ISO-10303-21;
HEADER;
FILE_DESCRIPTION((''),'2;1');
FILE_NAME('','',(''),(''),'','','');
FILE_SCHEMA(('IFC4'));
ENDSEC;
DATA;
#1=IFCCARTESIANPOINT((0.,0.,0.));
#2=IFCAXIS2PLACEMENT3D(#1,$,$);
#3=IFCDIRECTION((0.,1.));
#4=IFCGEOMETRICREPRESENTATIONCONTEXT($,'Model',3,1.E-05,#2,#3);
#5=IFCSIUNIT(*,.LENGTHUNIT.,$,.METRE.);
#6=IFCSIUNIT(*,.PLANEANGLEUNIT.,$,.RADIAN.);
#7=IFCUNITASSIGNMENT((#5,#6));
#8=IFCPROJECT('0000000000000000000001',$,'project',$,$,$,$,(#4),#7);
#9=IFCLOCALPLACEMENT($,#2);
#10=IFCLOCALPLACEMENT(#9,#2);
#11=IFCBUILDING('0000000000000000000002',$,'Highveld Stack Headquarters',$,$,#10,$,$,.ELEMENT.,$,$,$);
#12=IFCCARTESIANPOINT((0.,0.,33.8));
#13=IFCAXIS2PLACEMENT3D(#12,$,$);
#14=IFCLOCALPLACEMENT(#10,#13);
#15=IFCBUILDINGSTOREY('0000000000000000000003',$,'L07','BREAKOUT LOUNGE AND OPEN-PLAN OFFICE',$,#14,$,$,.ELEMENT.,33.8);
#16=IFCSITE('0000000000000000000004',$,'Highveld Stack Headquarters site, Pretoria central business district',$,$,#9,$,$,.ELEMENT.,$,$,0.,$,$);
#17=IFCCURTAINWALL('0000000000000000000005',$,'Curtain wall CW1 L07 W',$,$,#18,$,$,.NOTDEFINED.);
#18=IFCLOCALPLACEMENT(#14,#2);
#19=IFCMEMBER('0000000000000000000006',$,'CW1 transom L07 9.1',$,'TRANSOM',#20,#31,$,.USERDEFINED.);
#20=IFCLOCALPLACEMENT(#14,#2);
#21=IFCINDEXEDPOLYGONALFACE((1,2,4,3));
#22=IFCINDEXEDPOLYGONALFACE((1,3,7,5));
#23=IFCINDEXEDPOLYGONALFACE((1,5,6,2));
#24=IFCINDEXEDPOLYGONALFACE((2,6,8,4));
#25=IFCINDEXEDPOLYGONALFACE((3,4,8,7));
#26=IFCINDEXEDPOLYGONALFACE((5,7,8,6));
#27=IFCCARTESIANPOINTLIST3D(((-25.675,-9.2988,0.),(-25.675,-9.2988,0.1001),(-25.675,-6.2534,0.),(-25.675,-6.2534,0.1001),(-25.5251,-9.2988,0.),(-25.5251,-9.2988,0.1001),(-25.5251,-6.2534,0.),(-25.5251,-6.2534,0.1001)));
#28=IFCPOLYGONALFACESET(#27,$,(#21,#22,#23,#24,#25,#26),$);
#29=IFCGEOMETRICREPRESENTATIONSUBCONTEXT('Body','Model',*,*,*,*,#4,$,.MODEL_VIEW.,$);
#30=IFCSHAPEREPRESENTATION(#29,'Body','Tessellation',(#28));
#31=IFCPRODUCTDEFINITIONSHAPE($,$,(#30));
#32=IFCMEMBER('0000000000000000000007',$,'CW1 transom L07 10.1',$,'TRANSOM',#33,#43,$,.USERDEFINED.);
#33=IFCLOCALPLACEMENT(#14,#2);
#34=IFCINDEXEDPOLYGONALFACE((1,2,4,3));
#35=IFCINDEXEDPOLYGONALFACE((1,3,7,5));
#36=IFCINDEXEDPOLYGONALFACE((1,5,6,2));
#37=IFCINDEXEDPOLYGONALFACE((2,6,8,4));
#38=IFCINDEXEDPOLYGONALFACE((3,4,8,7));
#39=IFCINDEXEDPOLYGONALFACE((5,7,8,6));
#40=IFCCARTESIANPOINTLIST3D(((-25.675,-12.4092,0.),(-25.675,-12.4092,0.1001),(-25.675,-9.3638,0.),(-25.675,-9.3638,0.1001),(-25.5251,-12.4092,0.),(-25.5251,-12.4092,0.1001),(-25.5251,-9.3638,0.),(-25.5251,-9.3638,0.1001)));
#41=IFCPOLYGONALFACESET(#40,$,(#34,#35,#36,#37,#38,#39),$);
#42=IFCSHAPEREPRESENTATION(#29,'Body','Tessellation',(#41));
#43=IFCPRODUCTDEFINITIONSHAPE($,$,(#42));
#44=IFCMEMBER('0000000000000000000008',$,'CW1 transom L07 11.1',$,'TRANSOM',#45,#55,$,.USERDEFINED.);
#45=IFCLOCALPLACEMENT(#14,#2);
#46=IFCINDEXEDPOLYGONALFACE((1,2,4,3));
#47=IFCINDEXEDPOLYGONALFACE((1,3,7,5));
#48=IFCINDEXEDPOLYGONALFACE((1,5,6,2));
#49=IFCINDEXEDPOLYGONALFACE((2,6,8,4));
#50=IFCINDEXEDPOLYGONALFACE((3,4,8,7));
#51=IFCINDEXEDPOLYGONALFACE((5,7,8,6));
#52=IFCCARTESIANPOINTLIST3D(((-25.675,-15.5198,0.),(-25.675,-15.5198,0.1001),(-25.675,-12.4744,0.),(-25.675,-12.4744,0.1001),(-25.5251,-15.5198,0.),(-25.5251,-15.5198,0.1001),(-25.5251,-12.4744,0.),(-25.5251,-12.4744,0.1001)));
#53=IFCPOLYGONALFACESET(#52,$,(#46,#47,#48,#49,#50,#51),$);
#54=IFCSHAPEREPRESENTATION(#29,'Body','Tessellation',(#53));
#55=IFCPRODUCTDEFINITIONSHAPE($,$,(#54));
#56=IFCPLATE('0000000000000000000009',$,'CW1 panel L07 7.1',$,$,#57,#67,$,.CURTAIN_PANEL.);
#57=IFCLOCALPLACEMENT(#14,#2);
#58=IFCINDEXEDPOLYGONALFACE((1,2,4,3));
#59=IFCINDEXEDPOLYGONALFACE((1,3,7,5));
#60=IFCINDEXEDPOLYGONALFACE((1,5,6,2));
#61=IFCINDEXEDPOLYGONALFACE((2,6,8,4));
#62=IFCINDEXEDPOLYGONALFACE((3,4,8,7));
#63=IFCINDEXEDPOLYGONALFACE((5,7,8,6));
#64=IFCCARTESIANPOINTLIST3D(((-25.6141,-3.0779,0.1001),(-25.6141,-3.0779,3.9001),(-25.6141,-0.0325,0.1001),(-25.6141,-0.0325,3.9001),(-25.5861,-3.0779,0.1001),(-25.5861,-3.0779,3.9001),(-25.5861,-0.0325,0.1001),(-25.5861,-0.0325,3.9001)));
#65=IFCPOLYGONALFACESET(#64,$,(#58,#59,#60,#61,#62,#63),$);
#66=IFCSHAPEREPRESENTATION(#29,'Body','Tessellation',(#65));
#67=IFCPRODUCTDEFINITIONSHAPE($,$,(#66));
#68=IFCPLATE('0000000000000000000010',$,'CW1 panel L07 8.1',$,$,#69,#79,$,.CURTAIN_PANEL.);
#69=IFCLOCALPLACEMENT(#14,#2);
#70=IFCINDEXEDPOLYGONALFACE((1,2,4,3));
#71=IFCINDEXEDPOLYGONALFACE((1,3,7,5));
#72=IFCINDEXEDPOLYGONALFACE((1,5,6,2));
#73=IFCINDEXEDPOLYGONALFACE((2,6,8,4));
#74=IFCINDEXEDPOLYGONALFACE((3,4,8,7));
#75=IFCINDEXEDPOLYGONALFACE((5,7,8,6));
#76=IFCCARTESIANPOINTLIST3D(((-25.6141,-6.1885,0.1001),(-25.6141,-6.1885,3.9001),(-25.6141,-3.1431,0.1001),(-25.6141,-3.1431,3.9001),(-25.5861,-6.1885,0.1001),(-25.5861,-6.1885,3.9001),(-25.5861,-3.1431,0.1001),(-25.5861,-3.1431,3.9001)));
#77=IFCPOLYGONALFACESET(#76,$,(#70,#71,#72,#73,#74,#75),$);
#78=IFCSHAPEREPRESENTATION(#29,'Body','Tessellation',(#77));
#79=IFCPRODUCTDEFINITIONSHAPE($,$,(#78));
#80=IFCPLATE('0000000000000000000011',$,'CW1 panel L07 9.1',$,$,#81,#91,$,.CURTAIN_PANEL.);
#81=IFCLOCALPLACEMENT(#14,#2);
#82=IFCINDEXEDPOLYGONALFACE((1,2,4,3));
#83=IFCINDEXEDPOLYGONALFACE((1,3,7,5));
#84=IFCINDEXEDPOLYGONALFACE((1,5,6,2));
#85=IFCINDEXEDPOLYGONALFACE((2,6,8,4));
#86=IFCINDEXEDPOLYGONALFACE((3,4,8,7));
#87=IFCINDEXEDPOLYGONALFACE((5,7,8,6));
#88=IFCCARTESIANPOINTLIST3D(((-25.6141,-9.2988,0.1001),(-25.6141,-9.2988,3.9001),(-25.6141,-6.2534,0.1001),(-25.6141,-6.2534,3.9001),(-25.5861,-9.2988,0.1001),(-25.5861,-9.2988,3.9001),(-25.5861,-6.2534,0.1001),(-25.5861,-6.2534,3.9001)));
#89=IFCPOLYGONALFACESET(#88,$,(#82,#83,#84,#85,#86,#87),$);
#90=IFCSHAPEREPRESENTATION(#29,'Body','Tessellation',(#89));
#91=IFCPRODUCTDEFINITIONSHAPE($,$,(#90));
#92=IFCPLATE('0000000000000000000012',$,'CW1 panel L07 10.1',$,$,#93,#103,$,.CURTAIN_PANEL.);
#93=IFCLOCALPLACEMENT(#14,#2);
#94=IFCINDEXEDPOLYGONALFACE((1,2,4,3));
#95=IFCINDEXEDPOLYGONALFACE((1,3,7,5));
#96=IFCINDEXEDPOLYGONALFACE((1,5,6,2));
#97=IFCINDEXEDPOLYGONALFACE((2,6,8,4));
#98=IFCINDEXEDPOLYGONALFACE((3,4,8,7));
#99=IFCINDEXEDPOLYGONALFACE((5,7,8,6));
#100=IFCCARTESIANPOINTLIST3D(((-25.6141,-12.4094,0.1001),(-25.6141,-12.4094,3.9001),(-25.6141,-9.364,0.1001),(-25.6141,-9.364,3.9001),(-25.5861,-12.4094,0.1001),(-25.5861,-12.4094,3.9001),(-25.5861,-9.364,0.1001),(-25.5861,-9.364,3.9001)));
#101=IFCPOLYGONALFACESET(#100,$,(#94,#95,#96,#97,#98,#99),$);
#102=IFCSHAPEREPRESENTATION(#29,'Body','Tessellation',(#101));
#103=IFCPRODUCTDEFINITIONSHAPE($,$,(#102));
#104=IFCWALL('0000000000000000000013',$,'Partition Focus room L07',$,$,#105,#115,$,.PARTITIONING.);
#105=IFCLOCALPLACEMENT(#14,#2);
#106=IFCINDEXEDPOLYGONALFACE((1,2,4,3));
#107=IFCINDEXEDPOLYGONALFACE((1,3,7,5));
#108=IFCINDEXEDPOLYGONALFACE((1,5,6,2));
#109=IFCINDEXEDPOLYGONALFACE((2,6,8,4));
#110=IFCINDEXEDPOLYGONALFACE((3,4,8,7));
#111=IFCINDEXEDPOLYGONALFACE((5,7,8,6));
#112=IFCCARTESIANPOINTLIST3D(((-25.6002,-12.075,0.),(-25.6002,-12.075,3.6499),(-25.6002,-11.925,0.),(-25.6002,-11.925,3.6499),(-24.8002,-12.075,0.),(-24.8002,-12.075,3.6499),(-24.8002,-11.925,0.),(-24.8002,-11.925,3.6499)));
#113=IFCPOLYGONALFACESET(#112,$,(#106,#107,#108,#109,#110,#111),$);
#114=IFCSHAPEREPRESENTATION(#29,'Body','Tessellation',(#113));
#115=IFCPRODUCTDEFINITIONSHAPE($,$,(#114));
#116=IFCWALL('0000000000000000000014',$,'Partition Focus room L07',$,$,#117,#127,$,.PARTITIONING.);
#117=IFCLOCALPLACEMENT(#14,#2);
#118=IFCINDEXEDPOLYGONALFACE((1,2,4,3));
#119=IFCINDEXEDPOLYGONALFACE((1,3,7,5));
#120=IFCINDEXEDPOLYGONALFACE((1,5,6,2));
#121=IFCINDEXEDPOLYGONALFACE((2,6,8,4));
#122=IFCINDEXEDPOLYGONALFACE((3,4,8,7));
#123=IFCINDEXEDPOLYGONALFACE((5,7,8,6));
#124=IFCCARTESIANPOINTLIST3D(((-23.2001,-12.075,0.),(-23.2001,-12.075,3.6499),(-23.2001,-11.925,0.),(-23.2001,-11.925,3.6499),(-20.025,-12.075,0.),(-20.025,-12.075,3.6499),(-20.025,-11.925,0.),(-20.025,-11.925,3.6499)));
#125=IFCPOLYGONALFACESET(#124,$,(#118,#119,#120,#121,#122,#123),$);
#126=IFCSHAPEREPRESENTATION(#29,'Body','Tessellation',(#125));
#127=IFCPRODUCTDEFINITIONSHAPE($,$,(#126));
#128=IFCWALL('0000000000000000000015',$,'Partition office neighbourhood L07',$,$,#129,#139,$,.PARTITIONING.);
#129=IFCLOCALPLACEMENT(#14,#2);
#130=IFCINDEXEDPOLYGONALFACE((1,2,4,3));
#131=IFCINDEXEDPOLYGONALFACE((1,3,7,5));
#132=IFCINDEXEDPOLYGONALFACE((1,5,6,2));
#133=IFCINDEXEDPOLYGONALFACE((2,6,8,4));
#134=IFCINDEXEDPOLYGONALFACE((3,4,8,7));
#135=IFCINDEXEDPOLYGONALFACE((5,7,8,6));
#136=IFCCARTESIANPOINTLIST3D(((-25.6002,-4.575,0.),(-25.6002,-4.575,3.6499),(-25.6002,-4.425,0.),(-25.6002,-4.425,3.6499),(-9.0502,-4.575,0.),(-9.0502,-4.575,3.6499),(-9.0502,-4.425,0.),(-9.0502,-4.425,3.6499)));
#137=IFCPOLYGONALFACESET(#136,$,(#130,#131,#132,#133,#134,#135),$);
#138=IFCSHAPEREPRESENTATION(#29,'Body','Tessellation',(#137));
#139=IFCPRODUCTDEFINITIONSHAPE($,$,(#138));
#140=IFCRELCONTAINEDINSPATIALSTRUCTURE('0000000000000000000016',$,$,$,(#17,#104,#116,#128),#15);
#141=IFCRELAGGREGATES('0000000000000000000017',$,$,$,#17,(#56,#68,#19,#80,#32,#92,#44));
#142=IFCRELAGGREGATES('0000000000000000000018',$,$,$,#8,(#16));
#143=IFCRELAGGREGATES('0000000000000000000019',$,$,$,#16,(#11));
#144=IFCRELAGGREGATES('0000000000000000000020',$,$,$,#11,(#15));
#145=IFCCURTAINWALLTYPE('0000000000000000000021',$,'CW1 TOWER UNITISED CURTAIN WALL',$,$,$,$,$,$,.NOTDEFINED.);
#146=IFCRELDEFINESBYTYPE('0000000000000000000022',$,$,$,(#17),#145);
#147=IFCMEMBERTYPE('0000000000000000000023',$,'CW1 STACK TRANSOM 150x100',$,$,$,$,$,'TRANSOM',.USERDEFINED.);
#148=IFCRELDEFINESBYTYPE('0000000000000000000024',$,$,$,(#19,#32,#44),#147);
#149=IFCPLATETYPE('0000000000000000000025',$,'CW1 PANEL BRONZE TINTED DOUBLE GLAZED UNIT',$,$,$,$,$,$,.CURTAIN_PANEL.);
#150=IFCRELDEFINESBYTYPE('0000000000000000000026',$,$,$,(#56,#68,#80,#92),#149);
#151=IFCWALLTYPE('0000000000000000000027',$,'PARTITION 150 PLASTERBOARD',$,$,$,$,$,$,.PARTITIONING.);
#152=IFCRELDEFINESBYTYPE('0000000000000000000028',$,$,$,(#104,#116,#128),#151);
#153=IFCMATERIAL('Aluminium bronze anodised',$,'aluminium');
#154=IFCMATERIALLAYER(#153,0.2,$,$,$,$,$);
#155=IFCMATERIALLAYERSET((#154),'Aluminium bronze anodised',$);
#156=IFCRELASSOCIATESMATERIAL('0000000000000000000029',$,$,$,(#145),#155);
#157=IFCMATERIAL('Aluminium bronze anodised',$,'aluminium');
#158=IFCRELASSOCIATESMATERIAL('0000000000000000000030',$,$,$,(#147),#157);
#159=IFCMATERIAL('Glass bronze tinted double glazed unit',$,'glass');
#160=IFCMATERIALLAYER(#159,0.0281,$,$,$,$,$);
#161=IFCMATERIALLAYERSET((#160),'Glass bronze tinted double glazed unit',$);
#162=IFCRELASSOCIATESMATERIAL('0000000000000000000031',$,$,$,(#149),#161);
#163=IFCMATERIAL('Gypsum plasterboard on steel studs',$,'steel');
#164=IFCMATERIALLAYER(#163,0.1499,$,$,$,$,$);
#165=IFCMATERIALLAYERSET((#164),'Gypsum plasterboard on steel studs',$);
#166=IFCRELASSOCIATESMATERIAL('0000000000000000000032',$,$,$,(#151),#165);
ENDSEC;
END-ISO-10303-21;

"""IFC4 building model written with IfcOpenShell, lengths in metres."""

from ifc_helpers import new_model, si_unit, direction, frame, frame_2d, origin, origin_2d, place, context, subcontext, project, spatial, rectangle, extrude, material, layer, layer_set, material_profile, profile_set, type_object, element, aggregate, save


model = new_model("IFC4")

# Units and contexts
model_context = context("Model", 3, precision=1e-05, world=origin(), true_north=direction((0.0, 1.0)))
body_context = subcontext(model_context, "Body", "Model", "MODEL_VIEW")
ifc_project = project(units=[si_unit("LENGTHUNIT", "METRE"), si_unit("PLANEANGLEUNIT", "RADIAN")], contexts=[model_context])

# Site, building, storey
site_placement = place(None, origin())
site = spatial("IfcSite", under=ifc_project, at=site_placement, Name="Highveld Stack Headquarters site, Pretoria central business district", CompositionType="ELEMENT", RefElevation=0.0)
building_placement = place(site_placement, origin())
building = spatial("IfcBuilding", under=site, at=building_placement, Name="Highveld Stack Headquarters", CompositionType="ELEMENT")
storey_placement = place(building_placement, frame((0.0, 0.0, 33.8)))
storey = spatial("IfcBuildingStorey", under=building, at=storey_placement, Name="L07", Description="BREAKOUT LOUNGE AND OPEN-PLAN OFFICE", CompositionType="ELEMENT", Elevation=33.8)

# Curtain wall, members, plates
ifc_material_1 = material(Name="Aluminium bronze anodised", Category="aluminium")
ifc_layer_1 = layer(ifc_material_1, 0.2)
ifc_layer_set_1 = layer_set([ifc_layer_1], Name="Aluminium bronze anodised")
curtain_wall_type = type_object("IfcCurtainWallType", Name="CW1 TOWER UNITISED CURTAIN WALL", PredefinedType="NOTDEFINED", material=ifc_layer_set_1)
curtain_wall_placement = place(storey_placement, origin())
curtain_wall = element("IfcCurtainWall", 1, at=curtain_wall_placement, inside=storey, type_object=curtain_wall_type, Name="Curtain wall CW1 L07 W", PredefinedType="NOTDEFINED")
ifc_material_2 = material(Name="Aluminium bronze anodised", Category="aluminium")
ifc_material_profile_1 = material_profile(ifc_material_2, rectangle(XDim=0.1499, YDim=0.1001, at=origin_2d()), Name="CW1 TRANSOM 150x100")
ifc_profile_set_1 = profile_set([ifc_material_profile_1], Name="Aluminium bronze anodised")
member_type_1 = type_object("IfcMemberType", Name="CW1 STACK TRANSOM 150x100", ElementType="TRANSOM", PredefinedType="USERDEFINED", material=ifc_profile_set_1)
member_1_placement = place(storey_placement, frame((-25.6001, -6.2534, 0.05), z_axis=(0.0, -1.0, 0.0), x_axis=(1.0, 0.0, 0.0)))
member_1 = element("IfcMember", 2, at=member_1_placement, type_object=member_type_1, Name="CW1 transom L07 9.1", ObjectType="TRANSOM", PredefinedType="USERDEFINED", context=body_context, shape_type="SweptSolid", body=[
    extrude(rectangle(XDim=0.1499, YDim=0.1001, at=origin_2d()), origin(), (0.0, 0.0, 1.0), 3.0454),
])
member_2_placement = place(storey_placement, frame((-25.6001, -9.3638, 0.05), z_axis=(0.0, -1.0, 0.0), x_axis=(1.0, 0.0, 0.0)))
member_2 = element("IfcMember", 3, at=member_2_placement, type_object=member_type_1, Name="CW1 transom L07 10.1", ObjectType="TRANSOM", PredefinedType="USERDEFINED", context=body_context, shape_type="SweptSolid", body=[
    extrude(rectangle(XDim=0.1499, YDim=0.1001, at=origin_2d()), origin(), (0.0, 0.0, 1.0), 3.0454),
])
member_3_placement = place(storey_placement, frame((-25.6001, -12.4744, 0.05), z_axis=(0.0, -1.0, 0.0), x_axis=(1.0, 0.0, 0.0)))
member_3 = element("IfcMember", 4, at=member_3_placement, type_object=member_type_1, Name="CW1 transom L07 11.1", ObjectType="TRANSOM", PredefinedType="USERDEFINED", context=body_context, shape_type="SweptSolid", body=[
    extrude(rectangle(XDim=0.1499, YDim=0.1001, at=origin_2d()), origin(), (0.0, 0.0, 1.0), 3.0454),
])
ifc_material_3 = material(Name="Glass bronze tinted double glazed unit", Category="glass")
ifc_layer_2 = layer(ifc_material_3, 0.0281)
ifc_layer_set_2 = layer_set([ifc_layer_2], Name="Glass bronze tinted double glazed unit")
plate_type = type_object("IfcPlateType", Name="CW1 PANEL BRONZE TINTED DOUBLE GLAZED UNIT", PredefinedType="CURTAIN_PANEL", material=ifc_layer_set_2)
plate_1_placement = place(storey_placement, frame((-25.6001, -1.5552, 0.1001), z_axis=(0.0, 0.0, 1.0), x_axis=(0.0, -1.0, 0.0)))
plate_1 = element("IfcPlate", 5, at=plate_1_placement, type_object=plate_type, Name="CW1 panel L07 7.1", PredefinedType="CURTAIN_PANEL", context=body_context, shape_type="SweptSolid", body=[
    extrude(rectangle(XDim=3.0454, YDim=0.0281, at=origin_2d()), origin(), (0.0, 0.0, 1.0), 3.8),
])
plate_2_placement = place(storey_placement, frame((-25.6001, -4.6658, 0.1001), z_axis=(0.0, 0.0, 1.0), x_axis=(0.0, -1.0, 0.0)))
plate_2 = element("IfcPlate", 6, at=plate_2_placement, type_object=plate_type, Name="CW1 panel L07 8.1", PredefinedType="CURTAIN_PANEL", context=body_context, shape_type="SweptSolid", body=[
    extrude(rectangle(XDim=3.0454, YDim=0.0281, at=origin_2d()), origin(), (0.0, 0.0, 1.0), 3.8),
])
plate_3_placement = place(storey_placement, frame((-25.6001, -7.7761, 0.1001), z_axis=(0.0, 0.0, 1.0), x_axis=(0.0, -1.0, 0.0)))
plate_3 = element("IfcPlate", 7, at=plate_3_placement, type_object=plate_type, Name="CW1 panel L07 9.1", PredefinedType="CURTAIN_PANEL", context=body_context, shape_type="SweptSolid", body=[
    extrude(rectangle(XDim=3.0454, YDim=0.0281, at=origin_2d()), origin(), (0.0, 0.0, 1.0), 3.8),
])
plate_4_placement = place(storey_placement, frame((-25.6001, -10.8867, 0.1001), z_axis=(0.0, 0.0, 1.0), x_axis=(0.0, -1.0, 0.0)))
plate_4 = element("IfcPlate", 8, at=plate_4_placement, type_object=plate_type, Name="CW1 panel L07 10.1", PredefinedType="CURTAIN_PANEL", context=body_context, shape_type="SweptSolid", body=[
    extrude(rectangle(XDim=3.0454, YDim=0.0281, at=origin_2d()), origin(), (0.0, 0.0, 1.0), 3.8),
])
aggregate(curtain_wall, [plate_1, plate_2, member_1, plate_3, member_2, plate_4, member_3])

# Walls
ifc_material_4 = material(Name="Gypsum plasterboard on steel studs", Category="steel")
ifc_layer_3 = layer(ifc_material_4, 0.1499)
ifc_layer_set_3 = layer_set([ifc_layer_3], Name="Gypsum plasterboard on steel studs")
wall_type = type_object("IfcWallType", Name="PARTITION 150 PLASTERBOARD", PredefinedType="PARTITIONING", material=ifc_layer_set_3)
wall_1_placement = place(storey_placement, frame((-25.6001, -12.0, 0.0), z_axis=(0.0, 0.0, 1.0), x_axis=(1.0, 0.0, 0.0)))
element("IfcWall", 9, at=wall_1_placement, inside=storey, type_object=wall_type, Name="Partition Focus room L07", PredefinedType="PARTITIONING", context=body_context, shape_type="SweptSolid", body=[
    extrude(rectangle(XDim=0.8, YDim=0.1499, at=frame_2d((0.3999, 0.0))), origin(), (0.0, 0.0, 1.0), 3.6499),
])
wall_2_placement = place(storey_placement, frame((-23.2, -12.0, 0.0), z_axis=(0.0, 0.0, 1.0), x_axis=(1.0, 0.0, 0.0)))
element("IfcWall", 10, at=wall_2_placement, inside=storey, type_object=wall_type, Name="Partition Focus room L07", PredefinedType="PARTITIONING", context=body_context, shape_type="SweptSolid", body=[
    extrude(rectangle(XDim=3.175, YDim=0.1499, at=frame_2d((1.5874, 0.0))), origin(), (0.0, 0.0, 1.0), 3.6499),
])
wall_3_placement = place(storey_placement, frame((-25.6001, -4.5, 0.0), z_axis=(0.0, 0.0, 1.0), x_axis=(1.0, 0.0, 0.0)))
element("IfcWall", 11, at=wall_3_placement, inside=storey, type_object=wall_type, Name="Partition office neighbourhood L07", PredefinedType="PARTITIONING", context=body_context, shape_type="SweptSolid", body=[
    extrude(rectangle(XDim=16.55, YDim=0.1499, at=frame_2d((8.2749, 0.0))), origin(), (0.0, 0.0, 1.0), 3.6499),
])

save(model, "model.ifc")
